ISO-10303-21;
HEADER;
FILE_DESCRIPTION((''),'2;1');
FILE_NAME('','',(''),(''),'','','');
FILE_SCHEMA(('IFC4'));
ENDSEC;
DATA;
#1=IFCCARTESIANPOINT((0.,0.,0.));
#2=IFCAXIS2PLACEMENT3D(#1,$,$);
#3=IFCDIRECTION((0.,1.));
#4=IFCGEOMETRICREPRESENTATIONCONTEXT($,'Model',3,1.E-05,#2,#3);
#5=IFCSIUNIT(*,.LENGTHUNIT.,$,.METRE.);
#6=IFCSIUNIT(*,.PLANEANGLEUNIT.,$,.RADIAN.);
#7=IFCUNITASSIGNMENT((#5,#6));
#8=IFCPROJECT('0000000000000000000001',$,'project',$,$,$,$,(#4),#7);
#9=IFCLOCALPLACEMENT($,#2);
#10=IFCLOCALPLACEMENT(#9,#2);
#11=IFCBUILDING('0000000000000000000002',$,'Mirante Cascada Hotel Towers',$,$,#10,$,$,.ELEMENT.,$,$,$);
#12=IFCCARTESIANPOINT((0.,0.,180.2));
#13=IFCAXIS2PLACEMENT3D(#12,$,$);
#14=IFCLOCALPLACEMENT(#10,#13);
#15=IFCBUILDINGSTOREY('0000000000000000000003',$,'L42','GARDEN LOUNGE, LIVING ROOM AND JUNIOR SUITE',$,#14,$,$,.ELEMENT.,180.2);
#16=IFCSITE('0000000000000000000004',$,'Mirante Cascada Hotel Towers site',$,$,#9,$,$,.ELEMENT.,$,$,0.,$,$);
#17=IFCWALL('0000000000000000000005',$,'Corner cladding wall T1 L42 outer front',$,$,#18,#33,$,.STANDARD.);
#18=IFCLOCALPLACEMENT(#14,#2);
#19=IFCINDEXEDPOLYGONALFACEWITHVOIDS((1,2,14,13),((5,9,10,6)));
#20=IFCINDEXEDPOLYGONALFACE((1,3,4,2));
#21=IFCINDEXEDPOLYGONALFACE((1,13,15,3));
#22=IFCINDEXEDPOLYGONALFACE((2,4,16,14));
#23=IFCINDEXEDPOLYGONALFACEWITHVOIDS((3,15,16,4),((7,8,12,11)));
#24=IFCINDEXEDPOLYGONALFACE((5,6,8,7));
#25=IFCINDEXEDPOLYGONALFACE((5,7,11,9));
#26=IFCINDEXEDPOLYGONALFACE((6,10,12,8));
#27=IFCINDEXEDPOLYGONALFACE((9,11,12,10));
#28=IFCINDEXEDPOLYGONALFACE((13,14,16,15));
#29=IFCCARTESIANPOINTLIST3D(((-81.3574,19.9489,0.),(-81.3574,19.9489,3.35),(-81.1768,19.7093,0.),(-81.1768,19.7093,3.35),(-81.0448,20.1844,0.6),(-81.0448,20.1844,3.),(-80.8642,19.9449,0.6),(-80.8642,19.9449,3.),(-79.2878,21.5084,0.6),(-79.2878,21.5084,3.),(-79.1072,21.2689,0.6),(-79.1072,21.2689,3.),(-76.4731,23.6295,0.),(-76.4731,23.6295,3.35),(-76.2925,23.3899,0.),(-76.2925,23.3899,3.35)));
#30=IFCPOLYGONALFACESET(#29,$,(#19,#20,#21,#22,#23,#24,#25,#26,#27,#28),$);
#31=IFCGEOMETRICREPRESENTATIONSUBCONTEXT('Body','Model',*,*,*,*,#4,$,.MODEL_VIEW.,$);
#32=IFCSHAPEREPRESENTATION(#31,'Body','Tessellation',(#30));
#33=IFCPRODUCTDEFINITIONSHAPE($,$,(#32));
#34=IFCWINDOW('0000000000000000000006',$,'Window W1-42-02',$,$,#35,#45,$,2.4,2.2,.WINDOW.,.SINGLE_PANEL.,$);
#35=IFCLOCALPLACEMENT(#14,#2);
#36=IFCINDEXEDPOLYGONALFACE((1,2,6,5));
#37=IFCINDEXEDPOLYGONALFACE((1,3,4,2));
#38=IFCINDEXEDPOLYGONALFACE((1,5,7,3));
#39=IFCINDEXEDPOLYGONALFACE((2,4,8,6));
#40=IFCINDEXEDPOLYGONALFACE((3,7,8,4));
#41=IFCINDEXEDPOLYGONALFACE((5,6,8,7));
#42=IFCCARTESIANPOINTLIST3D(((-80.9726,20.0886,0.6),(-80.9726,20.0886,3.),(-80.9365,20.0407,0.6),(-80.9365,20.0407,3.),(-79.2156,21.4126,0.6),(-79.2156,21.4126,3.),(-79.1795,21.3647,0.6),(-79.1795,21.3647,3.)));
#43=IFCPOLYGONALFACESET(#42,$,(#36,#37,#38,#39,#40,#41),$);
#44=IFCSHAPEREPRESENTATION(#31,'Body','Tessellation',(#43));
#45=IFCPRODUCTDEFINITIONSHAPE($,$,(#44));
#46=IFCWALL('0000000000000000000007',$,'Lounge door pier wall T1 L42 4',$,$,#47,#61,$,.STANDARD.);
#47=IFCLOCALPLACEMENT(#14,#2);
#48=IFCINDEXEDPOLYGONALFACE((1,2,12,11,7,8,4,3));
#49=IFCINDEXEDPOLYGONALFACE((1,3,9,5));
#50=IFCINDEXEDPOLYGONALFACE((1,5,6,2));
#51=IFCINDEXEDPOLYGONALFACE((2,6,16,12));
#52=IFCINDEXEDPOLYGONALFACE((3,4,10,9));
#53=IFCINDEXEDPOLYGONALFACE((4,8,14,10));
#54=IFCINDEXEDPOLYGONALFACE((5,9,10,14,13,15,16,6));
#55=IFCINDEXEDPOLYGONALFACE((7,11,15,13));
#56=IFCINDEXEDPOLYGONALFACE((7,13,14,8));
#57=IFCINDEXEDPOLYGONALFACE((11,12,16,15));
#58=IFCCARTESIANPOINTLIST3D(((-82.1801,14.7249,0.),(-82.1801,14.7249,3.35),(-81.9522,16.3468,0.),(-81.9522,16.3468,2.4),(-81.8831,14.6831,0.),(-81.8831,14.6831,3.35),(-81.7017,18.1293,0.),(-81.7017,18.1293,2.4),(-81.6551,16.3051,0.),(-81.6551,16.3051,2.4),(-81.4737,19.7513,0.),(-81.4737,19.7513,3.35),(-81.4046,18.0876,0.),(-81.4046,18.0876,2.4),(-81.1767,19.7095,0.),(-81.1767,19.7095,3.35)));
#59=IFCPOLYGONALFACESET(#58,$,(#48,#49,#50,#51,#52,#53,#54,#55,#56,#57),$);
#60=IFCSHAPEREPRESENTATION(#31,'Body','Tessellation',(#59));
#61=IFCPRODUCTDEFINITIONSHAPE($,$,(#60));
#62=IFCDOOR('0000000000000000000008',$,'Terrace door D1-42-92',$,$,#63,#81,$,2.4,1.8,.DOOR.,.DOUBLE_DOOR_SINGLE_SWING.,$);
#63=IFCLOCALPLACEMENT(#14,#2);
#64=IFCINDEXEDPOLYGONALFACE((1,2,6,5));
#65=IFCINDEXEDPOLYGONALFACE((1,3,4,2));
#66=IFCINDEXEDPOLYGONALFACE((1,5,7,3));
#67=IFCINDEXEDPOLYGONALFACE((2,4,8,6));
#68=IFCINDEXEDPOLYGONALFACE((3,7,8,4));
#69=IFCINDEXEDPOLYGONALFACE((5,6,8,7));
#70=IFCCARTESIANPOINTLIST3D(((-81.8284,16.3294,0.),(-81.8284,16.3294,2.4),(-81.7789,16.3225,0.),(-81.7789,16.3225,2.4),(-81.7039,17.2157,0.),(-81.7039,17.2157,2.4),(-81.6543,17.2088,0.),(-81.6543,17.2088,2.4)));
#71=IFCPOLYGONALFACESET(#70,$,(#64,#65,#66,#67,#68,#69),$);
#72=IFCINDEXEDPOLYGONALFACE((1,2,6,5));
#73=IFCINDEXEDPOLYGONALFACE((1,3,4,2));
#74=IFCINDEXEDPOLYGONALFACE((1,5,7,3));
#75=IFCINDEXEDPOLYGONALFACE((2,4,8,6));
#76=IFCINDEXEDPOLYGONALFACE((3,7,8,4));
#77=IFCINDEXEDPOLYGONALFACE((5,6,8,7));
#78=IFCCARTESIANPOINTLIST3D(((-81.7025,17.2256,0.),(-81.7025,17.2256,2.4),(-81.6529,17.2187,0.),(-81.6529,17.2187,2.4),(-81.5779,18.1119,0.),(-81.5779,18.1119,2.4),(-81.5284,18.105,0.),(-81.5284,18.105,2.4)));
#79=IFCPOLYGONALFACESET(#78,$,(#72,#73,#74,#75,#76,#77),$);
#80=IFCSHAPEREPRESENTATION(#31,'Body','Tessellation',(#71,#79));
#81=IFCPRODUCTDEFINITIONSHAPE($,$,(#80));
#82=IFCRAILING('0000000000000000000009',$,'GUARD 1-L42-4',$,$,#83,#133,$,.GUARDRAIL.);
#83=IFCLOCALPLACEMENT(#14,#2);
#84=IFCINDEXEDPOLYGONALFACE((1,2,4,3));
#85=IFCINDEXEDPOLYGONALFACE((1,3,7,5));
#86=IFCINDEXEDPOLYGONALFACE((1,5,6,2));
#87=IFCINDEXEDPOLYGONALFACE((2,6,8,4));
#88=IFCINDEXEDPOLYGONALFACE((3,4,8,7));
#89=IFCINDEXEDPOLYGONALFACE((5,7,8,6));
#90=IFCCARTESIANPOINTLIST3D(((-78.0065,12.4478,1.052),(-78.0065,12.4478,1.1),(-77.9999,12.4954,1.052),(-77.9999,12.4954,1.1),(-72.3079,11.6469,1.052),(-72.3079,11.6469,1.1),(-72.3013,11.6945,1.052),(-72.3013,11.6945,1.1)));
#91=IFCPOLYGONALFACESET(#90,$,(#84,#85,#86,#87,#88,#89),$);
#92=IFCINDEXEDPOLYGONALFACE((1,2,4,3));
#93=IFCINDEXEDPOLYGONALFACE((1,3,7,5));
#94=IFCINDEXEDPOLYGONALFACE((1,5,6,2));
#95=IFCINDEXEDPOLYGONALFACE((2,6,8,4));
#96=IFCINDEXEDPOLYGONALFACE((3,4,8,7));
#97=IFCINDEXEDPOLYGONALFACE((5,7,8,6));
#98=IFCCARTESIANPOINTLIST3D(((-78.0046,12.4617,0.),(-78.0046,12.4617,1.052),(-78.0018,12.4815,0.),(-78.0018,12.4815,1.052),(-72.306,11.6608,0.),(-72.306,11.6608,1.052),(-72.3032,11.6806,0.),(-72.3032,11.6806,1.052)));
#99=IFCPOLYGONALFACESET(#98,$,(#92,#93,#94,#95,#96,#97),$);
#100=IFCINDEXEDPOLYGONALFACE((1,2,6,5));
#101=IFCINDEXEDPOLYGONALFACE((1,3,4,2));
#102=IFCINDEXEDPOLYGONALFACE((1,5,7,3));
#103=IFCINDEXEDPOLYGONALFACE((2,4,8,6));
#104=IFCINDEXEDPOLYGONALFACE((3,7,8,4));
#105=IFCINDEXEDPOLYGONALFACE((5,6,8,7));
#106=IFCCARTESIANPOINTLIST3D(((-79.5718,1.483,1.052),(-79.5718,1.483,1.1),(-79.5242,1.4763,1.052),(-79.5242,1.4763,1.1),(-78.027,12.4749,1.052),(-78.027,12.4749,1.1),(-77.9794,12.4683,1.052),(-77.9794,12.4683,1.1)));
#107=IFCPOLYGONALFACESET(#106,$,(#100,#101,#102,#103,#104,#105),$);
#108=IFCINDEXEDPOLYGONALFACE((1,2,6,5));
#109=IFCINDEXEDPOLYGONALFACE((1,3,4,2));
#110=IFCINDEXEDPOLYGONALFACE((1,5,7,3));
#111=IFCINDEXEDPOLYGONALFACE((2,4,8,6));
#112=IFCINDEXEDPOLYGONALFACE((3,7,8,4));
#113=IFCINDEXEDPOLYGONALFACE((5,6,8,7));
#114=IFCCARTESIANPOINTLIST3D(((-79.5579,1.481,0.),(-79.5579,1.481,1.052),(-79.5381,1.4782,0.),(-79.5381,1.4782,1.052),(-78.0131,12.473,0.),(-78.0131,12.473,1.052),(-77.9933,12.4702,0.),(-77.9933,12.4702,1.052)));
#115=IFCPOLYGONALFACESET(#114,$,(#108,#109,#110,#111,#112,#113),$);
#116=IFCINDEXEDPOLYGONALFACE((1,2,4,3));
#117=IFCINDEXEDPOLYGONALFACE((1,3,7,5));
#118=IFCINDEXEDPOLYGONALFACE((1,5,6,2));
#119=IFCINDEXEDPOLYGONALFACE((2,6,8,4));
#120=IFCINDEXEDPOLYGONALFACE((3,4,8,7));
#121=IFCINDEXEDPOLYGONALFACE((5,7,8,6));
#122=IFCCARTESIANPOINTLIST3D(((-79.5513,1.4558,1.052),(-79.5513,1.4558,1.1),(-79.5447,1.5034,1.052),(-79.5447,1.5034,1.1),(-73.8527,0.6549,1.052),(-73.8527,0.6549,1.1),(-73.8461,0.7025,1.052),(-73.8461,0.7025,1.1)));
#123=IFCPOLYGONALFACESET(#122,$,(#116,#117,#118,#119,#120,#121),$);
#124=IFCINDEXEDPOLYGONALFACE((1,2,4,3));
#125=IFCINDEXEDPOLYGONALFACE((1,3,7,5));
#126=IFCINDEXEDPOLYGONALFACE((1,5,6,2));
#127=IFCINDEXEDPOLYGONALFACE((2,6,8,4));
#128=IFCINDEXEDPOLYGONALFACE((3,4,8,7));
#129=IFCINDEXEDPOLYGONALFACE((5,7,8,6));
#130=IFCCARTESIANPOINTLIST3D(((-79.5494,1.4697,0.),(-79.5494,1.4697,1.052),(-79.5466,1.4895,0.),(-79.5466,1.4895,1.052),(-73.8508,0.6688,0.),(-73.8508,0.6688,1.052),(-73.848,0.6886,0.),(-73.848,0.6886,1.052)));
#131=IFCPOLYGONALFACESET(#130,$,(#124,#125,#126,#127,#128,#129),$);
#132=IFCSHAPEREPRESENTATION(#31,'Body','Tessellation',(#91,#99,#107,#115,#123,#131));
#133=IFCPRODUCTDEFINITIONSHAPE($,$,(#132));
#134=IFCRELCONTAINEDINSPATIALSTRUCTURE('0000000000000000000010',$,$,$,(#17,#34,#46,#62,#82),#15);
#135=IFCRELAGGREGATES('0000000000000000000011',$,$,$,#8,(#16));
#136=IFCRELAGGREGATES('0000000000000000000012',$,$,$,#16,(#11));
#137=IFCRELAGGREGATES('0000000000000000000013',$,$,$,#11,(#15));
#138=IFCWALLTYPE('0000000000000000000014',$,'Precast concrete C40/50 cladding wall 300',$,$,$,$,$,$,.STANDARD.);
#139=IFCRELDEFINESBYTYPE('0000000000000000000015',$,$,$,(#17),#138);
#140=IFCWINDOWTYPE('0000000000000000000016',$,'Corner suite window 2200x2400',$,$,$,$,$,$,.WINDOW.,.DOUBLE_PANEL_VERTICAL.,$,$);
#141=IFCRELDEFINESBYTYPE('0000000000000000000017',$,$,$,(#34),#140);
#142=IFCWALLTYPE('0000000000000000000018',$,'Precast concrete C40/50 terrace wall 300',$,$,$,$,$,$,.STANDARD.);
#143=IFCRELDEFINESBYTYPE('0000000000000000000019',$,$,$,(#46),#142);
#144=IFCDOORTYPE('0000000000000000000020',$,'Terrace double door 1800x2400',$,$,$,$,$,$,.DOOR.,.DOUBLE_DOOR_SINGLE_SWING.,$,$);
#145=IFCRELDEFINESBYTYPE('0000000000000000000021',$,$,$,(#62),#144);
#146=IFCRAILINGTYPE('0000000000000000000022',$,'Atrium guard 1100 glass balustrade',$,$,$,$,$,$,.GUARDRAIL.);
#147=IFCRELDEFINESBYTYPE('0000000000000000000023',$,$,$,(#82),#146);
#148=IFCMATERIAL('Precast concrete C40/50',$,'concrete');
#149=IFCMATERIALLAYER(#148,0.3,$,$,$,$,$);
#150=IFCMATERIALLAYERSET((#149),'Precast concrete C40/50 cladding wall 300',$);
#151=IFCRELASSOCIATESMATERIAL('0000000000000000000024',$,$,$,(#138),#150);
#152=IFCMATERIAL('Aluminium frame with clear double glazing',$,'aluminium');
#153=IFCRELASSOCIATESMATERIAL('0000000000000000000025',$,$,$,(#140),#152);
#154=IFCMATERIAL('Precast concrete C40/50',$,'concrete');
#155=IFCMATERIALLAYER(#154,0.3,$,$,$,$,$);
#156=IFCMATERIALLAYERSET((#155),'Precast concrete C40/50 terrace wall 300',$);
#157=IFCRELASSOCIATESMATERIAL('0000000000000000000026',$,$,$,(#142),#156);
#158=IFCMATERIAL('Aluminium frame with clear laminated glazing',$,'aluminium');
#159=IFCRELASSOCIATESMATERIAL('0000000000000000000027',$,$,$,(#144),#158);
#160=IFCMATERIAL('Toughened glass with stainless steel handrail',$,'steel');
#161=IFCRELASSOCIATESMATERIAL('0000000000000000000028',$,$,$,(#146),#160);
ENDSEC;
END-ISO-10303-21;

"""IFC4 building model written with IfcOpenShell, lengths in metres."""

from ifc_helpers import new_model, si_unit, direction, frame, frame_2d, origin, origin_2d, place, context, subcontext, project, spatial, rectangle, extrude, material, layer, layer_set, type_object, element, fill, save


model = new_model("IFC4")

# Units and contexts
model_context = context("Model", 3, precision=1e-05, world=origin(), true_north=direction((0.0, 1.0)))
body_context = subcontext(model_context, "Body", "Model", "MODEL_VIEW")
ifc_project = project(units=[si_unit("LENGTHUNIT", "METRE"), si_unit("PLANEANGLEUNIT", "RADIAN")], contexts=[model_context])

# Site, building, storey
site_placement = place(None, origin())
site = spatial("IfcSite", under=ifc_project, at=site_placement, Name="Mirante Cascada Hotel Towers site", CompositionType="ELEMENT", RefElevation=0.0)
building_placement = place(site_placement, origin())
building = spatial("IfcBuilding", under=site, at=building_placement, Name="Mirante Cascada Hotel Towers", CompositionType="ELEMENT")
storey_placement = place(building_placement, frame((0.0, 0.0, 180.2)))
storey = spatial("IfcBuildingStorey", under=building, at=storey_placement, Name="L42", Description="GARDEN LOUNGE, LIVING ROOM AND JUNIOR SUITE", CompositionType="ELEMENT", Elevation=180.2)

# Wall, opening, window
ifc_material_1 = material(Name="Precast concrete C40/50", Category="concrete")
ifc_layer_1 = layer(ifc_material_1, 0.3)
ifc_layer_set_1 = layer_set([ifc_layer_1], Name="Precast concrete C40/50 cladding wall 300")
wall_type_1 = type_object("IfcWallType", Name="Precast concrete C40/50 cladding wall 300", PredefinedType="STANDARD", material=ifc_layer_set_1)
wall_1_placement = place(storey_placement, frame((-81.2671, 19.8291, 0.0), z_axis=(0.0, 0.0, 1.0), x_axis=(0.798634, 0.601817, 0.0)))
wall_1 = element("IfcWall", 1, at=wall_1_placement, inside=storey, type_object=wall_type_1, Name="Corner cladding wall T1 L42 outer front", PredefinedType="STANDARD", context=body_context, shape_type="SweptSolid", body=[
    extrude(rectangle(XDim=6.1158, YDim=0.3, at=frame_2d((3.0579, 0.0))), origin(), (0.0, 0.0, 1.0), 3.35),
])
opening_1_placement = place(wall_1_placement, frame((0.3914, 0.0, 0.6)))
opening_1 = element("IfcOpeningElement", 2, at=opening_1_placement, cuts=wall_1, PredefinedType="OPENING", context=body_context, shape_type="SweptSolid", body=[
    extrude(rectangle(XDim=2.2, YDim=2.4, at=frame_2d((1.1, 1.2))), frame((0.0, 0.15, 0.0), z_axis=(0.0, -1.0, 0.0), x_axis=(1.0, 0.0, 0.0)), (0.0, 0.0, 1.0), 0.3),
])
ifc_material_2 = material(Name="Aluminium frame with clear double glazing", Category="aluminium")
window_type = type_object("IfcWindowType", Name="Corner suite window 2200x2400", PartitioningType="DOUBLE_PANEL_VERTICAL", PredefinedType="WINDOW", material=ifc_material_2)
window_placement = place(opening_1_placement, origin())
window = element("IfcWindow", 3, at=window_placement, inside=storey, type_object=window_type, Name="Window W1-42-02", OverallHeight=2.4, OverallWidth=2.2, PartitioningType="SINGLE_PANEL", PredefinedType="WINDOW", context=body_context, shape_type="SweptSolid", body=[
    extrude(rectangle(XDim=2.2, YDim=2.4, at=frame_2d((1.1, 1.2))), frame((0.0, 0.03, 0.0), z_axis=(0.0, -1.0, 0.0), x_axis=(1.0, 0.0, 0.0)), (0.0, 0.0, 1.0), 0.06),
])
fill(opening_1, window)

# Wall, opening, door
ifc_material_3 = material(Name="Precast concrete C40/50", Category="concrete")
ifc_layer_2 = layer(ifc_material_3, 0.3)
ifc_layer_set_2 = layer_set([ifc_layer_2], Name="Precast concrete C40/50 terrace wall 300")
wall_type_2 = type_object("IfcWallType", Name="Precast concrete C40/50 terrace wall 300", PredefinedType="STANDARD", material=ifc_layer_set_2)
wall_2_placement = place(storey_placement, frame((-82.0316, 14.704, 0.0), z_axis=(0.0, 0.0, 1.0), x_axis=(0.13917, 0.990268, 0.0)))
wall_2 = element("IfcWall", 4, at=wall_2_placement, inside=storey, type_object=wall_type_2, Name="Lounge door pier wall T1 L42 4", PredefinedType="STANDARD", context=body_context, shape_type="SweptSolid", body=[
    extrude(rectangle(XDim=5.0758, YDim=0.3, at=frame_2d((2.5379, 0.0))), origin(), (0.0, 0.0, 1.0), 3.35),
])
opening_2_placement = place(wall_2_placement, frame((1.6379, 0.0, 0.0)))
opening_2 = element("IfcOpeningElement", 5, at=opening_2_placement, cuts=wall_2, PredefinedType="OPENING", context=body_context, shape_type="SweptSolid", body=[
    extrude(rectangle(XDim=1.8, YDim=2.4, at=frame_2d((0.9, 1.2))), frame((0.0, 0.15, 0.0), z_axis=(0.0, -1.0, 0.0), x_axis=(1.0, 0.0, 0.0)), (0.0, 0.0, 1.0), 0.3),
])
ifc_material_4 = material(Name="Aluminium frame with clear laminated glazing", Category="aluminium")
door_type_1 = type_object("IfcDoorType", Name="Terrace double door 1800x2400", OperationType="DOUBLE_DOOR_SINGLE_SWING", PredefinedType="DOOR", material=ifc_material_4)
door_1_placement = place(opening_2_placement, origin())
door_1 = element("IfcDoor", 6, at=door_1_placement, inside=storey, type_object=door_type_1, Name="Terrace door D1-42-92", OperationType="DOUBLE_DOOR_SINGLE_SWING", OverallHeight=2.4, OverallWidth=1.8, PredefinedType="DOOR", context=body_context, shape_type="SweptSolid", body=[
    extrude(rectangle(XDim=0.895, YDim=2.4, at=frame_2d((0.4475, 1.2))), frame((0.0, 0.025, 0.0), z_axis=(0.0, -1.0, 0.0), x_axis=(1.0, 0.0, 0.0)), (0.0, 0.0, 1.0), 0.05),
    extrude(rectangle(XDim=0.895, YDim=2.4, at=frame_2d((1.3525, 1.2))), frame((0.0, 0.025, 0.0), z_axis=(0.0, -1.0, 0.0), x_axis=(1.0, 0.0, 0.0)), (0.0, 0.0, 1.0), 0.05),
])
fill(opening_2, door_1)

# Railing
ifc_material_5 = material(Name="Toughened glass with stainless steel handrail", Category="steel")
railing_type_1 = type_object("IfcRailingType", Name="Atrium guard 1100 glass balustrade", PredefinedType="GUARDRAIL", material=ifc_material_5)
railing_1_placement = place(storey_placement, frame((-72.3046, 11.6707, 0.0)))
element("IfcRailing", 7, at=railing_1_placement, inside=storey, type_object=railing_type_1, Name="GUARD 1-L42-4", PredefinedType="GUARDRAIL", context=body_context, shape_type="SweptSolid", body=[
    extrude(rectangle(XDim=0.048, YDim=0.048, at=origin_2d()), frame((0.0, 0.0, 1.076), z_axis=(-0.990268, 0.139176, 0.0), x_axis=(-0.139176, -0.990268, 0.0)), (0.0, 0.0, 1.0), 5.7546),
    extrude(rectangle(XDim=0.02, YDim=1.052, at=origin_2d()), frame((0.0, 0.0, 0.526), z_axis=(-0.990268, 0.139176, 0.0), x_axis=(-0.139176, -0.990268, 0.0)), (0.0, 0.0, 1.0), 5.7546),
    extrude(rectangle(XDim=0.048, YDim=0.048, at=origin_2d()), frame((-5.6986, 0.8009, 1.076), z_axis=(-0.139171, -0.990268, 0.0), x_axis=(0.990268, -0.139171, 0.0)), (0.0, 0.0, 1.0), 11.1),
    extrude(rectangle(XDim=0.02, YDim=1.052, at=origin_2d()), frame((-5.6986, 0.8009, 0.526), z_axis=(-0.139171, -0.990268, 0.0), x_axis=(0.990268, -0.139171, 0.0)), (0.0, 0.0, 1.0), 11.1),
    extrude(rectangle(XDim=0.048, YDim=0.048, at=origin_2d()), frame((-7.2434, -10.1911, 1.076), z_axis=(0.990268, -0.139176, 0.0), x_axis=(0.139176, 0.990268, 0.0)), (0.0, 0.0, 1.0), 5.7546),
    extrude(rectangle(XDim=0.02, YDim=1.052, at=origin_2d()), frame((-7.2434, -10.1911, 0.526), z_axis=(0.990268, -0.139176, 0.0), x_axis=(0.139176, 0.990268, 0.0)), (0.0, 0.0, 1.0), 5.7546),
])

save(model, "model.ifc")
